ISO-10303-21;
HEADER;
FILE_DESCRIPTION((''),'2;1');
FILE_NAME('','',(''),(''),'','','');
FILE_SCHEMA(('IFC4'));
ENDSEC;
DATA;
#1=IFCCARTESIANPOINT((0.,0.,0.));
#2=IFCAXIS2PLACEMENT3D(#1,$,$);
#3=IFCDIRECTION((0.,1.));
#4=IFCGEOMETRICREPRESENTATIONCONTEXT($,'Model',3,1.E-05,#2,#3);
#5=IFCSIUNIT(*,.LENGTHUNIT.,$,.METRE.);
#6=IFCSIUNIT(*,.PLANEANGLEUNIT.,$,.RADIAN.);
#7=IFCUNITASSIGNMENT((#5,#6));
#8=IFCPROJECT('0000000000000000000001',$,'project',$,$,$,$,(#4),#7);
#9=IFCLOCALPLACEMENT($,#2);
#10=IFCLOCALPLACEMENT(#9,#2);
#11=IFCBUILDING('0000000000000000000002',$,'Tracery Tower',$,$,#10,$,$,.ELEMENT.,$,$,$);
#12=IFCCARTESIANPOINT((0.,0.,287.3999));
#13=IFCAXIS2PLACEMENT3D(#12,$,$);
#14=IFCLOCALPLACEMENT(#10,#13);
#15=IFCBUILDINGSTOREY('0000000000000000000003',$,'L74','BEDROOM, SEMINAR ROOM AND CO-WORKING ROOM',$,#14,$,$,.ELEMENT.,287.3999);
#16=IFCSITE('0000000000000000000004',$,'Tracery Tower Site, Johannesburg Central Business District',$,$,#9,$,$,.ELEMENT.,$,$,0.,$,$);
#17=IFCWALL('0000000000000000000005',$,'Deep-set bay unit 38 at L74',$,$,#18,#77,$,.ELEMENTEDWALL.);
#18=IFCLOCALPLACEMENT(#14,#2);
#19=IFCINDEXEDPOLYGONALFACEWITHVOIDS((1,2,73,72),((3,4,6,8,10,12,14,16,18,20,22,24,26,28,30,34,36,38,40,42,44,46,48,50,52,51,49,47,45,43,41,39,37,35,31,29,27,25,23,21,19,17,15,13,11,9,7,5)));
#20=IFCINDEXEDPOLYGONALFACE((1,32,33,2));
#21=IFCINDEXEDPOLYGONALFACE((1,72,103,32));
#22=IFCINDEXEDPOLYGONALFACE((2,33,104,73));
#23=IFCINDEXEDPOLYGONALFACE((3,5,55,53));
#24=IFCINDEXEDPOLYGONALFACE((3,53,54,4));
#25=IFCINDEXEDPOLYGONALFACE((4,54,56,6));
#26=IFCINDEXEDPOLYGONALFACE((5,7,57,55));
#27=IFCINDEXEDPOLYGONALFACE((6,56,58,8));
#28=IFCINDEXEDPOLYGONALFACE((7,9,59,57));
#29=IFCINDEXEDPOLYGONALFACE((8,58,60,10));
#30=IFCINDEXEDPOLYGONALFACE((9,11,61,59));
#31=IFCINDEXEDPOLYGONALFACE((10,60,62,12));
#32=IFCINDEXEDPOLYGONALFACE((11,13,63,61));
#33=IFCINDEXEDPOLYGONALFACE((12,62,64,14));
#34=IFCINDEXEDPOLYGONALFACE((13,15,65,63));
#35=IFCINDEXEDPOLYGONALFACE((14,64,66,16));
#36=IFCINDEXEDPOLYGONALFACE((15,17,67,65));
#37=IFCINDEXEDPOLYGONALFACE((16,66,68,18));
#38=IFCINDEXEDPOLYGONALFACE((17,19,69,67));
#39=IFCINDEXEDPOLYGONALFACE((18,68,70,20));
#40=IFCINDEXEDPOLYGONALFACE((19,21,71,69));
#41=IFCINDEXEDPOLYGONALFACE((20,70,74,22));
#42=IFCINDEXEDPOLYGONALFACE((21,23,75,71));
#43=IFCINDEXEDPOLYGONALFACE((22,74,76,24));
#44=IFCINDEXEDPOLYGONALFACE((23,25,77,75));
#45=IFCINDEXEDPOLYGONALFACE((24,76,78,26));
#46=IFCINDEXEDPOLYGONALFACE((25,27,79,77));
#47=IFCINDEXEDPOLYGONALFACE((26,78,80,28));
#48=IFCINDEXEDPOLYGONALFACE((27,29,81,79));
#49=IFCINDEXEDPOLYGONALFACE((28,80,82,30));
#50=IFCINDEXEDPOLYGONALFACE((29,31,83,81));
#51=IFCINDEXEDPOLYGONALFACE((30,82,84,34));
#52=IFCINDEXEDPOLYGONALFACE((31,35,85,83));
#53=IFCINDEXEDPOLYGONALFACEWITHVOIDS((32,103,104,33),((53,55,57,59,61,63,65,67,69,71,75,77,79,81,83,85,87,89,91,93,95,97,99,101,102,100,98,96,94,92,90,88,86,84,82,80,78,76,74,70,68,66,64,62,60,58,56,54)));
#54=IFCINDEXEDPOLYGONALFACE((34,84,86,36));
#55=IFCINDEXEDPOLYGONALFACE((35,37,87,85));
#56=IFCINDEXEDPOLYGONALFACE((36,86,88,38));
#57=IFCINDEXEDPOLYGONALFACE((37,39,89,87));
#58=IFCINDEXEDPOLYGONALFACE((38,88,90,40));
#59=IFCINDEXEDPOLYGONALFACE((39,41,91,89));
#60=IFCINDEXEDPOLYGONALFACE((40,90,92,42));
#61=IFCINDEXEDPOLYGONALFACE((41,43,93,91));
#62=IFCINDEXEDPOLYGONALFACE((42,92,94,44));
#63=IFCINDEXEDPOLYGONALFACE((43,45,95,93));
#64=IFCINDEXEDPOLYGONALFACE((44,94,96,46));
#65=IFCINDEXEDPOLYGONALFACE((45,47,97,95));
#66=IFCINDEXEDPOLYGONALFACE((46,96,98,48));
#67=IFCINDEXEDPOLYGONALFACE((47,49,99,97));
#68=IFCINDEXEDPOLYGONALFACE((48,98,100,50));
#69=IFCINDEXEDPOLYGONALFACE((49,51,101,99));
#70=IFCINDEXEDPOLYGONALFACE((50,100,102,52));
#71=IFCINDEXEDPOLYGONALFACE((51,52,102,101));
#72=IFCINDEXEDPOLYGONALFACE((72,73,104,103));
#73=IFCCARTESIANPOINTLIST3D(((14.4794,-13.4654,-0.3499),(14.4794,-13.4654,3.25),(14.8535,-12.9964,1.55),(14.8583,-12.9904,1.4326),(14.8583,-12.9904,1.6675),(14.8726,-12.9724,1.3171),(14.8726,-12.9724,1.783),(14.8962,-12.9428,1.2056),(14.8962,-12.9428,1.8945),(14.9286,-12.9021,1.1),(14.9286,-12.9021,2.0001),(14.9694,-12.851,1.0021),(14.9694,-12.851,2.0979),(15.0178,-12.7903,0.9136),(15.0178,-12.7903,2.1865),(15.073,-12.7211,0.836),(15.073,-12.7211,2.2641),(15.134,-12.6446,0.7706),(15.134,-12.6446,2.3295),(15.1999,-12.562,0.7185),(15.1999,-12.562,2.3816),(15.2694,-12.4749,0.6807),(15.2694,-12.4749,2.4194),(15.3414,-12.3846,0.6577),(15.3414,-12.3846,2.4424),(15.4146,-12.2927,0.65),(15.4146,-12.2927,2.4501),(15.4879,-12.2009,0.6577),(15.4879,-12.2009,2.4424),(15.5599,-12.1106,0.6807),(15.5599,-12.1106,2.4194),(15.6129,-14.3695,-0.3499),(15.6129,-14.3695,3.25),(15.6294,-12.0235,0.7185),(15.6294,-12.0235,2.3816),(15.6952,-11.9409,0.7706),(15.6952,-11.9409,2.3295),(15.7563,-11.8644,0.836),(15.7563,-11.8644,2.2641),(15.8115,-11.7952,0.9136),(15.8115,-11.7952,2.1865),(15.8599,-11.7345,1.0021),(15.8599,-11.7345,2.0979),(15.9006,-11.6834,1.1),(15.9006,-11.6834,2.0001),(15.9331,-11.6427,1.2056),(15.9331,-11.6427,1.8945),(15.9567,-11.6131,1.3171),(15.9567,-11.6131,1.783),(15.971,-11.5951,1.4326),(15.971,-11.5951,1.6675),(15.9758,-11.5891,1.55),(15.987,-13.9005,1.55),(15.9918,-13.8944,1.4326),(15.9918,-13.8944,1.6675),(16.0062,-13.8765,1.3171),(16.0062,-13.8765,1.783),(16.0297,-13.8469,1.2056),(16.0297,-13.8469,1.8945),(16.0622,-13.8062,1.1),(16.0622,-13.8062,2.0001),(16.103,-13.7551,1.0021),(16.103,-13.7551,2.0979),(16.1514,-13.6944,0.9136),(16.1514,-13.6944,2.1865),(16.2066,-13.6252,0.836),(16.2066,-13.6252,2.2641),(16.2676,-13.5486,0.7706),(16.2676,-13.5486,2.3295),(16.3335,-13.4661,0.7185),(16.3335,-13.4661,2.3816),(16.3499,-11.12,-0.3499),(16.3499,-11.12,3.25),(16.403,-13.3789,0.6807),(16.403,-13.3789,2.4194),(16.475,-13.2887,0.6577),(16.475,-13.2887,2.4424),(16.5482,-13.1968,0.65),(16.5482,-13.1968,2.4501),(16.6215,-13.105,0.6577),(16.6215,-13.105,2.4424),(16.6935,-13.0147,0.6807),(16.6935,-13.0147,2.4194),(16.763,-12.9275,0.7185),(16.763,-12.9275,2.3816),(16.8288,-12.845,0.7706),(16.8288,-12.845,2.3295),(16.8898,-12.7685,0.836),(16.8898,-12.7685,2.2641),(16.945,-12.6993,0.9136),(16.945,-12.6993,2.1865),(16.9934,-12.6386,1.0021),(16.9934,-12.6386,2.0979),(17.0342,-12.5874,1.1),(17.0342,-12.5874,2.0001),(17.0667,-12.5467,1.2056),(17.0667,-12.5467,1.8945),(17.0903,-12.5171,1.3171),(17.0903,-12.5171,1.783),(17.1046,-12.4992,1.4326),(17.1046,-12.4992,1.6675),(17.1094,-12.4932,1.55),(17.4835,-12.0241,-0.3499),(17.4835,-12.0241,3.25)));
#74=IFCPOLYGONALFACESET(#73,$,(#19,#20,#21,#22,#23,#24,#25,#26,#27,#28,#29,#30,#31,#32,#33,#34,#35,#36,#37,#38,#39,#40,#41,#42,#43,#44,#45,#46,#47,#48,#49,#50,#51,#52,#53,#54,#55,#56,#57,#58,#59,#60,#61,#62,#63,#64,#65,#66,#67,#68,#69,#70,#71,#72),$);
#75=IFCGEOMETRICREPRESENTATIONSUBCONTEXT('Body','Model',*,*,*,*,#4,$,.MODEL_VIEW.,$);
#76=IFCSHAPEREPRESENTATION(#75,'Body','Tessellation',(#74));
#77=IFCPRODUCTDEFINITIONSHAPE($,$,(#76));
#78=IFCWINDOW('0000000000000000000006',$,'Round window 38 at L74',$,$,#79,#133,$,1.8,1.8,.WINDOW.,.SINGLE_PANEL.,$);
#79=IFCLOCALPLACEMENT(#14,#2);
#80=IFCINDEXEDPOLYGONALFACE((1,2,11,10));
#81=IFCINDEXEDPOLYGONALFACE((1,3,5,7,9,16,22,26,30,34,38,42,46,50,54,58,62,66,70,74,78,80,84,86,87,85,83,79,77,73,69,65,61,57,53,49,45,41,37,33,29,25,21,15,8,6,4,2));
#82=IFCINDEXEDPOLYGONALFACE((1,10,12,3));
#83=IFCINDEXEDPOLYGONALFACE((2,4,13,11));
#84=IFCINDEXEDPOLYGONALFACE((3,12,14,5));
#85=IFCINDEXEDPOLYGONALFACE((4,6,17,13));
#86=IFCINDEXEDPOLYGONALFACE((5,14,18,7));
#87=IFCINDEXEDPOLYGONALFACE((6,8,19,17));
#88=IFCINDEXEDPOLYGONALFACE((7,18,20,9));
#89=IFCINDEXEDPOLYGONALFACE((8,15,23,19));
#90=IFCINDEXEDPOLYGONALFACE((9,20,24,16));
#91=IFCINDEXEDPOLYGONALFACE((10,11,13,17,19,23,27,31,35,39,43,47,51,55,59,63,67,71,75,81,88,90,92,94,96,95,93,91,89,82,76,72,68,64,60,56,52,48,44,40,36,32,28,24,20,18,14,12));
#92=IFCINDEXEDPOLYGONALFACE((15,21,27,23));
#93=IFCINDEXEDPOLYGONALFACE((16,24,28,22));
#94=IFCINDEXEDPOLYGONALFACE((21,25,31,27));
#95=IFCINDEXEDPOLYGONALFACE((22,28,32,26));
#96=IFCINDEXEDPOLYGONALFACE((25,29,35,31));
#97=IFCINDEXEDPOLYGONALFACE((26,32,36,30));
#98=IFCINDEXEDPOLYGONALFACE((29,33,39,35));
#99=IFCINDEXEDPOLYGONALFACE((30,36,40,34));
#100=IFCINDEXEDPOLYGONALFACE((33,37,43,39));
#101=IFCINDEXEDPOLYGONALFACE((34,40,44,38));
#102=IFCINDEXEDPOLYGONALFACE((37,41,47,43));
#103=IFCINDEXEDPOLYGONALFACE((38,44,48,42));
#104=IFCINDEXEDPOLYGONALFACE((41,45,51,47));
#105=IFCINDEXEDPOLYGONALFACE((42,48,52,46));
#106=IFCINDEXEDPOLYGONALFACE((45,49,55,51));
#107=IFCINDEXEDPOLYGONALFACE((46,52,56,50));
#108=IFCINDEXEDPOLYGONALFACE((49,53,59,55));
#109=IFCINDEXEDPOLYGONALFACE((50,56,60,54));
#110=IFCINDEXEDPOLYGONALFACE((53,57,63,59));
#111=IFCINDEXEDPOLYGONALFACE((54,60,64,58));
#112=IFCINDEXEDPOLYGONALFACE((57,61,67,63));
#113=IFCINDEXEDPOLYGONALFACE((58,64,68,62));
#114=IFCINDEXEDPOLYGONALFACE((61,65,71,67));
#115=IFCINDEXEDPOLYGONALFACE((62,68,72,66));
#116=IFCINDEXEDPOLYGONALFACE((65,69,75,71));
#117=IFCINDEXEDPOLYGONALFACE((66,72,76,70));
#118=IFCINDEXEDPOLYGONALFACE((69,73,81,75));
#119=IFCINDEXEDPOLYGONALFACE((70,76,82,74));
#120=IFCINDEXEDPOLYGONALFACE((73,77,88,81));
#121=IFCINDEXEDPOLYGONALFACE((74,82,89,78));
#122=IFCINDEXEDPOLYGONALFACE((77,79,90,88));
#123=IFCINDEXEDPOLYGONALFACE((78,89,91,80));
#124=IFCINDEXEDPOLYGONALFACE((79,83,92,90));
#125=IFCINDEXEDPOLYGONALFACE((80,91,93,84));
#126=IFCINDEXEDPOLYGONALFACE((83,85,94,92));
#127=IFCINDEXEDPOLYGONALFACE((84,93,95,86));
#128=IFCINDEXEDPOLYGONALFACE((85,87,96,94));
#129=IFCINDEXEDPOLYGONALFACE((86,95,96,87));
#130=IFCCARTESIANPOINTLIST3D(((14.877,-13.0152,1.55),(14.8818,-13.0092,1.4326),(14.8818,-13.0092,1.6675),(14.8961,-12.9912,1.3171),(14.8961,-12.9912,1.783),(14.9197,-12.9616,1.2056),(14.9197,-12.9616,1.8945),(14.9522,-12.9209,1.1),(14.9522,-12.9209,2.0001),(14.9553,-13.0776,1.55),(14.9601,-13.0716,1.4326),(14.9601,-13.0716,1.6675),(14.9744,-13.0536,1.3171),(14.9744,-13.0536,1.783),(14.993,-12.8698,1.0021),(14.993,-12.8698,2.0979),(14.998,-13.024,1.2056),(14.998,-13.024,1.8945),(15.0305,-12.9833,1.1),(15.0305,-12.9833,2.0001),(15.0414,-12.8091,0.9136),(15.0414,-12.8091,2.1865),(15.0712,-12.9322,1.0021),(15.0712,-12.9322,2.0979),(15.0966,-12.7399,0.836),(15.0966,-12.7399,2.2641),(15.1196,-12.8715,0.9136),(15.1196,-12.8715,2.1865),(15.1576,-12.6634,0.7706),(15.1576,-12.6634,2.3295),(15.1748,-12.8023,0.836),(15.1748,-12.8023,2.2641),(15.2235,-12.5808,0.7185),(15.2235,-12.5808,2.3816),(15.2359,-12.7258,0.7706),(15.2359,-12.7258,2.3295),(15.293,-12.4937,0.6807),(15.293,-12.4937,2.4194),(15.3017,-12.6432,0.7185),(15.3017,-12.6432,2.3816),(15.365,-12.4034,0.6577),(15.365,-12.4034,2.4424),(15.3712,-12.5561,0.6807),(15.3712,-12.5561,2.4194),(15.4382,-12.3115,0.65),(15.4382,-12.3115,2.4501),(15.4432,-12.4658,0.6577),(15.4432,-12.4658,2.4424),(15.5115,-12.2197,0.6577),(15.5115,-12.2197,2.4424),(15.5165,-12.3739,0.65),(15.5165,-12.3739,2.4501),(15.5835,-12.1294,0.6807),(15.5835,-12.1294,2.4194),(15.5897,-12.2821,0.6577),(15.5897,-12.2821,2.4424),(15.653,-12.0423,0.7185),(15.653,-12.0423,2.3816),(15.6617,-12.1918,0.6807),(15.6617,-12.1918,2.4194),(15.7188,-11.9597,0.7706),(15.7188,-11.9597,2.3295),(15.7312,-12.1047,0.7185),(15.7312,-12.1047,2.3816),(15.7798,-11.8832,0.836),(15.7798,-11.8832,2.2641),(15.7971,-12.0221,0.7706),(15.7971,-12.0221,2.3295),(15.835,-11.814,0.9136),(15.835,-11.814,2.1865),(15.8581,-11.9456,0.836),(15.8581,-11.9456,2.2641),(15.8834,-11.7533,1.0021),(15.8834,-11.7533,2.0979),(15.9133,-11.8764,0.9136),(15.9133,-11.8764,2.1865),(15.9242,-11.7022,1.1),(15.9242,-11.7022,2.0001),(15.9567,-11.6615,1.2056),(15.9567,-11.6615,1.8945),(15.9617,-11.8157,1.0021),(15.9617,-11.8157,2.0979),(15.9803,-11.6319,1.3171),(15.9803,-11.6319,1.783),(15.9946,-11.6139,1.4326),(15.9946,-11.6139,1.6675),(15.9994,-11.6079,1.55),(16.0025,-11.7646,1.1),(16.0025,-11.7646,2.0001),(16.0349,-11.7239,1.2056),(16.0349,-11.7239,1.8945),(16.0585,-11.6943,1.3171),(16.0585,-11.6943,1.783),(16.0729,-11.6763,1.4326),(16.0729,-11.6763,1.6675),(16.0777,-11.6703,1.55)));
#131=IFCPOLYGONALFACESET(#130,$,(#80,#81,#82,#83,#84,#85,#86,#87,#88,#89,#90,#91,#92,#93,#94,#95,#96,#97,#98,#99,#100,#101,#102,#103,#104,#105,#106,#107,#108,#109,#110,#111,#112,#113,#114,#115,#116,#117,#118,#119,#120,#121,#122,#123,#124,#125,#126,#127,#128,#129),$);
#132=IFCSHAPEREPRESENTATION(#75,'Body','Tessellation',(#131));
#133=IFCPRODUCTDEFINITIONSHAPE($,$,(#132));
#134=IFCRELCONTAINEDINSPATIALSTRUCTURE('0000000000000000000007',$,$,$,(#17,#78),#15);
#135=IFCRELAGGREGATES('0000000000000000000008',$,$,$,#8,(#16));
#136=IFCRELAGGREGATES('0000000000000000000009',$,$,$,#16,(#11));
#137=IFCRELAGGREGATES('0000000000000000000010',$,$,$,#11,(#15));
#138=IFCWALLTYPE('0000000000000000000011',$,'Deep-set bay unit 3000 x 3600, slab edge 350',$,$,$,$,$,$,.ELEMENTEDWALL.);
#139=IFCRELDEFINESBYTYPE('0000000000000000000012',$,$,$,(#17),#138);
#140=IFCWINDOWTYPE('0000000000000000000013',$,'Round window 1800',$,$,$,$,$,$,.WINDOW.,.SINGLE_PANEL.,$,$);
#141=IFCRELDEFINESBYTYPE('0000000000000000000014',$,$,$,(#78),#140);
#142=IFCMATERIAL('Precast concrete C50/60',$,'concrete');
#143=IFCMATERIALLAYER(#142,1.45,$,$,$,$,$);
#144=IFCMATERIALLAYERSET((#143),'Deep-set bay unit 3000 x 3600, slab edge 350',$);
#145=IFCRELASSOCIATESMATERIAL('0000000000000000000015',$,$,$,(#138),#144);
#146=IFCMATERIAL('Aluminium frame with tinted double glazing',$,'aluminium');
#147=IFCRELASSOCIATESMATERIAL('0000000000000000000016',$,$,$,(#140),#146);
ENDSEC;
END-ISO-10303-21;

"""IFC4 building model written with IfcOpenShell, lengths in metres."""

from ifc_helpers import new_model, si_unit, direction, frame, frame_2d, origin, origin_2d, place, context, subcontext, project, spatial, rectangle, circle, extrude, material, layer, layer_set, type_object, element, fill, save


model = new_model("IFC4")

# Units and contexts
model_context = context("Model", 3, precision=1e-05, world=origin(), true_north=direction((0.0, 1.0)))
body_context = subcontext(model_context, "Body", "Model", "MODEL_VIEW")
ifc_project = project(units=[si_unit("LENGTHUNIT", "METRE"), si_unit("PLANEANGLEUNIT", "RADIAN")], contexts=[model_context])

# Site, building, storey
site_placement = place(None, origin())
site = spatial("IfcSite", under=ifc_project, at=site_placement, Name="Tracery Tower Site, Johannesburg Central Business District", CompositionType="ELEMENT", RefElevation=0.0)
building_placement = place(site_placement, origin())
building = spatial("IfcBuilding", under=site, at=building_placement, Name="Tracery Tower", CompositionType="ELEMENT")
storey_placement = place(building_placement, frame((0.0, 0.0, 287.3999)))
storey = spatial("IfcBuildingStorey", under=building, at=storey_placement, Name="L74", Description="BEDROOM, SEMINAR ROOM AND CO-WORKING ROOM", CompositionType="ELEMENT", Elevation=287.3999)

# Wall, opening, window
ifc_material_1 = material(Name="Precast concrete C50/60", Category="concrete")
ifc_layer_1 = layer(ifc_material_1, 1.45)
ifc_layer_set_1 = layer_set([ifc_layer_1], Name="Deep-set bay unit 3000 x 3600, slab edge 350")
wall_type_1 = type_object("IfcWallType", Name="Deep-set bay unit 3000 x 3600, slab edge 350", PredefinedType="ELEMENTEDWALL", material=ifc_layer_set_1)
ifc_material_2 = material(Name="Aluminium frame with tinted double glazing", Category="aluminium")
window_type = type_object("IfcWindowType", Name="Round window 1800", PartitioningType="SINGLE_PANEL", PredefinedType="WINDOW", material=ifc_material_2)
wall_1_placement = place(storey_placement, frame((15.0461, -13.9175, -0.3499), z_axis=(0.0, 0.0, 1.0), x_axis=(0.623523, 0.781805, 0.0)))
wall_1 = element("IfcWall", 1, at=wall_1_placement, inside=storey, type_object=wall_type_1, Name="Deep-set bay unit 38 at L74", PredefinedType="ELEMENTEDWALL", context=body_context, shape_type="SweptSolid", body=[
    extrude(rectangle(XDim=3.0, YDim=1.45, at=frame_2d((1.5, 0.0))), origin(), (0.0, 0.0, 1.0), 3.5999),
])
opening_1_placement = place(wall_1_placement, frame((1.5, 0.0, 1.8999)))
opening_1 = element("IfcOpeningElement", 2, at=opening_1_placement, cuts=wall_1, PredefinedType="OPENING", context=body_context, shape_type="SweptSolid", body=[
    extrude(circle(Radius=0.9, at=origin_2d()), frame((0.0, 0.7349, 0.0), z_axis=(0.0, -1.0, 0.0), x_axis=(1.0, 0.0, 0.0)), (0.0, 0.0, 1.0), 1.47),
])
window_1_placement = place(opening_1_placement, origin())
window_1 = element("IfcWindow", 3, at=window_1_placement, inside=storey, type_object=window_type, Name="Round window 38 at L74", OverallHeight=1.8, OverallWidth=1.8, PartitioningType="SINGLE_PANEL", PredefinedType="WINDOW", context=body_context, shape_type="SweptSolid", body=[
    extrude(circle(Radius=0.9, at=origin_2d()), frame((0.0, 0.6948, 0.0), z_axis=(0.0, -1.0, 0.0), x_axis=(1.0, 0.0, 0.0)), (0.0, 0.0, 1.0), 0.1001),
])
fill(opening_1, window_1)

save(model, "model.ifc")
